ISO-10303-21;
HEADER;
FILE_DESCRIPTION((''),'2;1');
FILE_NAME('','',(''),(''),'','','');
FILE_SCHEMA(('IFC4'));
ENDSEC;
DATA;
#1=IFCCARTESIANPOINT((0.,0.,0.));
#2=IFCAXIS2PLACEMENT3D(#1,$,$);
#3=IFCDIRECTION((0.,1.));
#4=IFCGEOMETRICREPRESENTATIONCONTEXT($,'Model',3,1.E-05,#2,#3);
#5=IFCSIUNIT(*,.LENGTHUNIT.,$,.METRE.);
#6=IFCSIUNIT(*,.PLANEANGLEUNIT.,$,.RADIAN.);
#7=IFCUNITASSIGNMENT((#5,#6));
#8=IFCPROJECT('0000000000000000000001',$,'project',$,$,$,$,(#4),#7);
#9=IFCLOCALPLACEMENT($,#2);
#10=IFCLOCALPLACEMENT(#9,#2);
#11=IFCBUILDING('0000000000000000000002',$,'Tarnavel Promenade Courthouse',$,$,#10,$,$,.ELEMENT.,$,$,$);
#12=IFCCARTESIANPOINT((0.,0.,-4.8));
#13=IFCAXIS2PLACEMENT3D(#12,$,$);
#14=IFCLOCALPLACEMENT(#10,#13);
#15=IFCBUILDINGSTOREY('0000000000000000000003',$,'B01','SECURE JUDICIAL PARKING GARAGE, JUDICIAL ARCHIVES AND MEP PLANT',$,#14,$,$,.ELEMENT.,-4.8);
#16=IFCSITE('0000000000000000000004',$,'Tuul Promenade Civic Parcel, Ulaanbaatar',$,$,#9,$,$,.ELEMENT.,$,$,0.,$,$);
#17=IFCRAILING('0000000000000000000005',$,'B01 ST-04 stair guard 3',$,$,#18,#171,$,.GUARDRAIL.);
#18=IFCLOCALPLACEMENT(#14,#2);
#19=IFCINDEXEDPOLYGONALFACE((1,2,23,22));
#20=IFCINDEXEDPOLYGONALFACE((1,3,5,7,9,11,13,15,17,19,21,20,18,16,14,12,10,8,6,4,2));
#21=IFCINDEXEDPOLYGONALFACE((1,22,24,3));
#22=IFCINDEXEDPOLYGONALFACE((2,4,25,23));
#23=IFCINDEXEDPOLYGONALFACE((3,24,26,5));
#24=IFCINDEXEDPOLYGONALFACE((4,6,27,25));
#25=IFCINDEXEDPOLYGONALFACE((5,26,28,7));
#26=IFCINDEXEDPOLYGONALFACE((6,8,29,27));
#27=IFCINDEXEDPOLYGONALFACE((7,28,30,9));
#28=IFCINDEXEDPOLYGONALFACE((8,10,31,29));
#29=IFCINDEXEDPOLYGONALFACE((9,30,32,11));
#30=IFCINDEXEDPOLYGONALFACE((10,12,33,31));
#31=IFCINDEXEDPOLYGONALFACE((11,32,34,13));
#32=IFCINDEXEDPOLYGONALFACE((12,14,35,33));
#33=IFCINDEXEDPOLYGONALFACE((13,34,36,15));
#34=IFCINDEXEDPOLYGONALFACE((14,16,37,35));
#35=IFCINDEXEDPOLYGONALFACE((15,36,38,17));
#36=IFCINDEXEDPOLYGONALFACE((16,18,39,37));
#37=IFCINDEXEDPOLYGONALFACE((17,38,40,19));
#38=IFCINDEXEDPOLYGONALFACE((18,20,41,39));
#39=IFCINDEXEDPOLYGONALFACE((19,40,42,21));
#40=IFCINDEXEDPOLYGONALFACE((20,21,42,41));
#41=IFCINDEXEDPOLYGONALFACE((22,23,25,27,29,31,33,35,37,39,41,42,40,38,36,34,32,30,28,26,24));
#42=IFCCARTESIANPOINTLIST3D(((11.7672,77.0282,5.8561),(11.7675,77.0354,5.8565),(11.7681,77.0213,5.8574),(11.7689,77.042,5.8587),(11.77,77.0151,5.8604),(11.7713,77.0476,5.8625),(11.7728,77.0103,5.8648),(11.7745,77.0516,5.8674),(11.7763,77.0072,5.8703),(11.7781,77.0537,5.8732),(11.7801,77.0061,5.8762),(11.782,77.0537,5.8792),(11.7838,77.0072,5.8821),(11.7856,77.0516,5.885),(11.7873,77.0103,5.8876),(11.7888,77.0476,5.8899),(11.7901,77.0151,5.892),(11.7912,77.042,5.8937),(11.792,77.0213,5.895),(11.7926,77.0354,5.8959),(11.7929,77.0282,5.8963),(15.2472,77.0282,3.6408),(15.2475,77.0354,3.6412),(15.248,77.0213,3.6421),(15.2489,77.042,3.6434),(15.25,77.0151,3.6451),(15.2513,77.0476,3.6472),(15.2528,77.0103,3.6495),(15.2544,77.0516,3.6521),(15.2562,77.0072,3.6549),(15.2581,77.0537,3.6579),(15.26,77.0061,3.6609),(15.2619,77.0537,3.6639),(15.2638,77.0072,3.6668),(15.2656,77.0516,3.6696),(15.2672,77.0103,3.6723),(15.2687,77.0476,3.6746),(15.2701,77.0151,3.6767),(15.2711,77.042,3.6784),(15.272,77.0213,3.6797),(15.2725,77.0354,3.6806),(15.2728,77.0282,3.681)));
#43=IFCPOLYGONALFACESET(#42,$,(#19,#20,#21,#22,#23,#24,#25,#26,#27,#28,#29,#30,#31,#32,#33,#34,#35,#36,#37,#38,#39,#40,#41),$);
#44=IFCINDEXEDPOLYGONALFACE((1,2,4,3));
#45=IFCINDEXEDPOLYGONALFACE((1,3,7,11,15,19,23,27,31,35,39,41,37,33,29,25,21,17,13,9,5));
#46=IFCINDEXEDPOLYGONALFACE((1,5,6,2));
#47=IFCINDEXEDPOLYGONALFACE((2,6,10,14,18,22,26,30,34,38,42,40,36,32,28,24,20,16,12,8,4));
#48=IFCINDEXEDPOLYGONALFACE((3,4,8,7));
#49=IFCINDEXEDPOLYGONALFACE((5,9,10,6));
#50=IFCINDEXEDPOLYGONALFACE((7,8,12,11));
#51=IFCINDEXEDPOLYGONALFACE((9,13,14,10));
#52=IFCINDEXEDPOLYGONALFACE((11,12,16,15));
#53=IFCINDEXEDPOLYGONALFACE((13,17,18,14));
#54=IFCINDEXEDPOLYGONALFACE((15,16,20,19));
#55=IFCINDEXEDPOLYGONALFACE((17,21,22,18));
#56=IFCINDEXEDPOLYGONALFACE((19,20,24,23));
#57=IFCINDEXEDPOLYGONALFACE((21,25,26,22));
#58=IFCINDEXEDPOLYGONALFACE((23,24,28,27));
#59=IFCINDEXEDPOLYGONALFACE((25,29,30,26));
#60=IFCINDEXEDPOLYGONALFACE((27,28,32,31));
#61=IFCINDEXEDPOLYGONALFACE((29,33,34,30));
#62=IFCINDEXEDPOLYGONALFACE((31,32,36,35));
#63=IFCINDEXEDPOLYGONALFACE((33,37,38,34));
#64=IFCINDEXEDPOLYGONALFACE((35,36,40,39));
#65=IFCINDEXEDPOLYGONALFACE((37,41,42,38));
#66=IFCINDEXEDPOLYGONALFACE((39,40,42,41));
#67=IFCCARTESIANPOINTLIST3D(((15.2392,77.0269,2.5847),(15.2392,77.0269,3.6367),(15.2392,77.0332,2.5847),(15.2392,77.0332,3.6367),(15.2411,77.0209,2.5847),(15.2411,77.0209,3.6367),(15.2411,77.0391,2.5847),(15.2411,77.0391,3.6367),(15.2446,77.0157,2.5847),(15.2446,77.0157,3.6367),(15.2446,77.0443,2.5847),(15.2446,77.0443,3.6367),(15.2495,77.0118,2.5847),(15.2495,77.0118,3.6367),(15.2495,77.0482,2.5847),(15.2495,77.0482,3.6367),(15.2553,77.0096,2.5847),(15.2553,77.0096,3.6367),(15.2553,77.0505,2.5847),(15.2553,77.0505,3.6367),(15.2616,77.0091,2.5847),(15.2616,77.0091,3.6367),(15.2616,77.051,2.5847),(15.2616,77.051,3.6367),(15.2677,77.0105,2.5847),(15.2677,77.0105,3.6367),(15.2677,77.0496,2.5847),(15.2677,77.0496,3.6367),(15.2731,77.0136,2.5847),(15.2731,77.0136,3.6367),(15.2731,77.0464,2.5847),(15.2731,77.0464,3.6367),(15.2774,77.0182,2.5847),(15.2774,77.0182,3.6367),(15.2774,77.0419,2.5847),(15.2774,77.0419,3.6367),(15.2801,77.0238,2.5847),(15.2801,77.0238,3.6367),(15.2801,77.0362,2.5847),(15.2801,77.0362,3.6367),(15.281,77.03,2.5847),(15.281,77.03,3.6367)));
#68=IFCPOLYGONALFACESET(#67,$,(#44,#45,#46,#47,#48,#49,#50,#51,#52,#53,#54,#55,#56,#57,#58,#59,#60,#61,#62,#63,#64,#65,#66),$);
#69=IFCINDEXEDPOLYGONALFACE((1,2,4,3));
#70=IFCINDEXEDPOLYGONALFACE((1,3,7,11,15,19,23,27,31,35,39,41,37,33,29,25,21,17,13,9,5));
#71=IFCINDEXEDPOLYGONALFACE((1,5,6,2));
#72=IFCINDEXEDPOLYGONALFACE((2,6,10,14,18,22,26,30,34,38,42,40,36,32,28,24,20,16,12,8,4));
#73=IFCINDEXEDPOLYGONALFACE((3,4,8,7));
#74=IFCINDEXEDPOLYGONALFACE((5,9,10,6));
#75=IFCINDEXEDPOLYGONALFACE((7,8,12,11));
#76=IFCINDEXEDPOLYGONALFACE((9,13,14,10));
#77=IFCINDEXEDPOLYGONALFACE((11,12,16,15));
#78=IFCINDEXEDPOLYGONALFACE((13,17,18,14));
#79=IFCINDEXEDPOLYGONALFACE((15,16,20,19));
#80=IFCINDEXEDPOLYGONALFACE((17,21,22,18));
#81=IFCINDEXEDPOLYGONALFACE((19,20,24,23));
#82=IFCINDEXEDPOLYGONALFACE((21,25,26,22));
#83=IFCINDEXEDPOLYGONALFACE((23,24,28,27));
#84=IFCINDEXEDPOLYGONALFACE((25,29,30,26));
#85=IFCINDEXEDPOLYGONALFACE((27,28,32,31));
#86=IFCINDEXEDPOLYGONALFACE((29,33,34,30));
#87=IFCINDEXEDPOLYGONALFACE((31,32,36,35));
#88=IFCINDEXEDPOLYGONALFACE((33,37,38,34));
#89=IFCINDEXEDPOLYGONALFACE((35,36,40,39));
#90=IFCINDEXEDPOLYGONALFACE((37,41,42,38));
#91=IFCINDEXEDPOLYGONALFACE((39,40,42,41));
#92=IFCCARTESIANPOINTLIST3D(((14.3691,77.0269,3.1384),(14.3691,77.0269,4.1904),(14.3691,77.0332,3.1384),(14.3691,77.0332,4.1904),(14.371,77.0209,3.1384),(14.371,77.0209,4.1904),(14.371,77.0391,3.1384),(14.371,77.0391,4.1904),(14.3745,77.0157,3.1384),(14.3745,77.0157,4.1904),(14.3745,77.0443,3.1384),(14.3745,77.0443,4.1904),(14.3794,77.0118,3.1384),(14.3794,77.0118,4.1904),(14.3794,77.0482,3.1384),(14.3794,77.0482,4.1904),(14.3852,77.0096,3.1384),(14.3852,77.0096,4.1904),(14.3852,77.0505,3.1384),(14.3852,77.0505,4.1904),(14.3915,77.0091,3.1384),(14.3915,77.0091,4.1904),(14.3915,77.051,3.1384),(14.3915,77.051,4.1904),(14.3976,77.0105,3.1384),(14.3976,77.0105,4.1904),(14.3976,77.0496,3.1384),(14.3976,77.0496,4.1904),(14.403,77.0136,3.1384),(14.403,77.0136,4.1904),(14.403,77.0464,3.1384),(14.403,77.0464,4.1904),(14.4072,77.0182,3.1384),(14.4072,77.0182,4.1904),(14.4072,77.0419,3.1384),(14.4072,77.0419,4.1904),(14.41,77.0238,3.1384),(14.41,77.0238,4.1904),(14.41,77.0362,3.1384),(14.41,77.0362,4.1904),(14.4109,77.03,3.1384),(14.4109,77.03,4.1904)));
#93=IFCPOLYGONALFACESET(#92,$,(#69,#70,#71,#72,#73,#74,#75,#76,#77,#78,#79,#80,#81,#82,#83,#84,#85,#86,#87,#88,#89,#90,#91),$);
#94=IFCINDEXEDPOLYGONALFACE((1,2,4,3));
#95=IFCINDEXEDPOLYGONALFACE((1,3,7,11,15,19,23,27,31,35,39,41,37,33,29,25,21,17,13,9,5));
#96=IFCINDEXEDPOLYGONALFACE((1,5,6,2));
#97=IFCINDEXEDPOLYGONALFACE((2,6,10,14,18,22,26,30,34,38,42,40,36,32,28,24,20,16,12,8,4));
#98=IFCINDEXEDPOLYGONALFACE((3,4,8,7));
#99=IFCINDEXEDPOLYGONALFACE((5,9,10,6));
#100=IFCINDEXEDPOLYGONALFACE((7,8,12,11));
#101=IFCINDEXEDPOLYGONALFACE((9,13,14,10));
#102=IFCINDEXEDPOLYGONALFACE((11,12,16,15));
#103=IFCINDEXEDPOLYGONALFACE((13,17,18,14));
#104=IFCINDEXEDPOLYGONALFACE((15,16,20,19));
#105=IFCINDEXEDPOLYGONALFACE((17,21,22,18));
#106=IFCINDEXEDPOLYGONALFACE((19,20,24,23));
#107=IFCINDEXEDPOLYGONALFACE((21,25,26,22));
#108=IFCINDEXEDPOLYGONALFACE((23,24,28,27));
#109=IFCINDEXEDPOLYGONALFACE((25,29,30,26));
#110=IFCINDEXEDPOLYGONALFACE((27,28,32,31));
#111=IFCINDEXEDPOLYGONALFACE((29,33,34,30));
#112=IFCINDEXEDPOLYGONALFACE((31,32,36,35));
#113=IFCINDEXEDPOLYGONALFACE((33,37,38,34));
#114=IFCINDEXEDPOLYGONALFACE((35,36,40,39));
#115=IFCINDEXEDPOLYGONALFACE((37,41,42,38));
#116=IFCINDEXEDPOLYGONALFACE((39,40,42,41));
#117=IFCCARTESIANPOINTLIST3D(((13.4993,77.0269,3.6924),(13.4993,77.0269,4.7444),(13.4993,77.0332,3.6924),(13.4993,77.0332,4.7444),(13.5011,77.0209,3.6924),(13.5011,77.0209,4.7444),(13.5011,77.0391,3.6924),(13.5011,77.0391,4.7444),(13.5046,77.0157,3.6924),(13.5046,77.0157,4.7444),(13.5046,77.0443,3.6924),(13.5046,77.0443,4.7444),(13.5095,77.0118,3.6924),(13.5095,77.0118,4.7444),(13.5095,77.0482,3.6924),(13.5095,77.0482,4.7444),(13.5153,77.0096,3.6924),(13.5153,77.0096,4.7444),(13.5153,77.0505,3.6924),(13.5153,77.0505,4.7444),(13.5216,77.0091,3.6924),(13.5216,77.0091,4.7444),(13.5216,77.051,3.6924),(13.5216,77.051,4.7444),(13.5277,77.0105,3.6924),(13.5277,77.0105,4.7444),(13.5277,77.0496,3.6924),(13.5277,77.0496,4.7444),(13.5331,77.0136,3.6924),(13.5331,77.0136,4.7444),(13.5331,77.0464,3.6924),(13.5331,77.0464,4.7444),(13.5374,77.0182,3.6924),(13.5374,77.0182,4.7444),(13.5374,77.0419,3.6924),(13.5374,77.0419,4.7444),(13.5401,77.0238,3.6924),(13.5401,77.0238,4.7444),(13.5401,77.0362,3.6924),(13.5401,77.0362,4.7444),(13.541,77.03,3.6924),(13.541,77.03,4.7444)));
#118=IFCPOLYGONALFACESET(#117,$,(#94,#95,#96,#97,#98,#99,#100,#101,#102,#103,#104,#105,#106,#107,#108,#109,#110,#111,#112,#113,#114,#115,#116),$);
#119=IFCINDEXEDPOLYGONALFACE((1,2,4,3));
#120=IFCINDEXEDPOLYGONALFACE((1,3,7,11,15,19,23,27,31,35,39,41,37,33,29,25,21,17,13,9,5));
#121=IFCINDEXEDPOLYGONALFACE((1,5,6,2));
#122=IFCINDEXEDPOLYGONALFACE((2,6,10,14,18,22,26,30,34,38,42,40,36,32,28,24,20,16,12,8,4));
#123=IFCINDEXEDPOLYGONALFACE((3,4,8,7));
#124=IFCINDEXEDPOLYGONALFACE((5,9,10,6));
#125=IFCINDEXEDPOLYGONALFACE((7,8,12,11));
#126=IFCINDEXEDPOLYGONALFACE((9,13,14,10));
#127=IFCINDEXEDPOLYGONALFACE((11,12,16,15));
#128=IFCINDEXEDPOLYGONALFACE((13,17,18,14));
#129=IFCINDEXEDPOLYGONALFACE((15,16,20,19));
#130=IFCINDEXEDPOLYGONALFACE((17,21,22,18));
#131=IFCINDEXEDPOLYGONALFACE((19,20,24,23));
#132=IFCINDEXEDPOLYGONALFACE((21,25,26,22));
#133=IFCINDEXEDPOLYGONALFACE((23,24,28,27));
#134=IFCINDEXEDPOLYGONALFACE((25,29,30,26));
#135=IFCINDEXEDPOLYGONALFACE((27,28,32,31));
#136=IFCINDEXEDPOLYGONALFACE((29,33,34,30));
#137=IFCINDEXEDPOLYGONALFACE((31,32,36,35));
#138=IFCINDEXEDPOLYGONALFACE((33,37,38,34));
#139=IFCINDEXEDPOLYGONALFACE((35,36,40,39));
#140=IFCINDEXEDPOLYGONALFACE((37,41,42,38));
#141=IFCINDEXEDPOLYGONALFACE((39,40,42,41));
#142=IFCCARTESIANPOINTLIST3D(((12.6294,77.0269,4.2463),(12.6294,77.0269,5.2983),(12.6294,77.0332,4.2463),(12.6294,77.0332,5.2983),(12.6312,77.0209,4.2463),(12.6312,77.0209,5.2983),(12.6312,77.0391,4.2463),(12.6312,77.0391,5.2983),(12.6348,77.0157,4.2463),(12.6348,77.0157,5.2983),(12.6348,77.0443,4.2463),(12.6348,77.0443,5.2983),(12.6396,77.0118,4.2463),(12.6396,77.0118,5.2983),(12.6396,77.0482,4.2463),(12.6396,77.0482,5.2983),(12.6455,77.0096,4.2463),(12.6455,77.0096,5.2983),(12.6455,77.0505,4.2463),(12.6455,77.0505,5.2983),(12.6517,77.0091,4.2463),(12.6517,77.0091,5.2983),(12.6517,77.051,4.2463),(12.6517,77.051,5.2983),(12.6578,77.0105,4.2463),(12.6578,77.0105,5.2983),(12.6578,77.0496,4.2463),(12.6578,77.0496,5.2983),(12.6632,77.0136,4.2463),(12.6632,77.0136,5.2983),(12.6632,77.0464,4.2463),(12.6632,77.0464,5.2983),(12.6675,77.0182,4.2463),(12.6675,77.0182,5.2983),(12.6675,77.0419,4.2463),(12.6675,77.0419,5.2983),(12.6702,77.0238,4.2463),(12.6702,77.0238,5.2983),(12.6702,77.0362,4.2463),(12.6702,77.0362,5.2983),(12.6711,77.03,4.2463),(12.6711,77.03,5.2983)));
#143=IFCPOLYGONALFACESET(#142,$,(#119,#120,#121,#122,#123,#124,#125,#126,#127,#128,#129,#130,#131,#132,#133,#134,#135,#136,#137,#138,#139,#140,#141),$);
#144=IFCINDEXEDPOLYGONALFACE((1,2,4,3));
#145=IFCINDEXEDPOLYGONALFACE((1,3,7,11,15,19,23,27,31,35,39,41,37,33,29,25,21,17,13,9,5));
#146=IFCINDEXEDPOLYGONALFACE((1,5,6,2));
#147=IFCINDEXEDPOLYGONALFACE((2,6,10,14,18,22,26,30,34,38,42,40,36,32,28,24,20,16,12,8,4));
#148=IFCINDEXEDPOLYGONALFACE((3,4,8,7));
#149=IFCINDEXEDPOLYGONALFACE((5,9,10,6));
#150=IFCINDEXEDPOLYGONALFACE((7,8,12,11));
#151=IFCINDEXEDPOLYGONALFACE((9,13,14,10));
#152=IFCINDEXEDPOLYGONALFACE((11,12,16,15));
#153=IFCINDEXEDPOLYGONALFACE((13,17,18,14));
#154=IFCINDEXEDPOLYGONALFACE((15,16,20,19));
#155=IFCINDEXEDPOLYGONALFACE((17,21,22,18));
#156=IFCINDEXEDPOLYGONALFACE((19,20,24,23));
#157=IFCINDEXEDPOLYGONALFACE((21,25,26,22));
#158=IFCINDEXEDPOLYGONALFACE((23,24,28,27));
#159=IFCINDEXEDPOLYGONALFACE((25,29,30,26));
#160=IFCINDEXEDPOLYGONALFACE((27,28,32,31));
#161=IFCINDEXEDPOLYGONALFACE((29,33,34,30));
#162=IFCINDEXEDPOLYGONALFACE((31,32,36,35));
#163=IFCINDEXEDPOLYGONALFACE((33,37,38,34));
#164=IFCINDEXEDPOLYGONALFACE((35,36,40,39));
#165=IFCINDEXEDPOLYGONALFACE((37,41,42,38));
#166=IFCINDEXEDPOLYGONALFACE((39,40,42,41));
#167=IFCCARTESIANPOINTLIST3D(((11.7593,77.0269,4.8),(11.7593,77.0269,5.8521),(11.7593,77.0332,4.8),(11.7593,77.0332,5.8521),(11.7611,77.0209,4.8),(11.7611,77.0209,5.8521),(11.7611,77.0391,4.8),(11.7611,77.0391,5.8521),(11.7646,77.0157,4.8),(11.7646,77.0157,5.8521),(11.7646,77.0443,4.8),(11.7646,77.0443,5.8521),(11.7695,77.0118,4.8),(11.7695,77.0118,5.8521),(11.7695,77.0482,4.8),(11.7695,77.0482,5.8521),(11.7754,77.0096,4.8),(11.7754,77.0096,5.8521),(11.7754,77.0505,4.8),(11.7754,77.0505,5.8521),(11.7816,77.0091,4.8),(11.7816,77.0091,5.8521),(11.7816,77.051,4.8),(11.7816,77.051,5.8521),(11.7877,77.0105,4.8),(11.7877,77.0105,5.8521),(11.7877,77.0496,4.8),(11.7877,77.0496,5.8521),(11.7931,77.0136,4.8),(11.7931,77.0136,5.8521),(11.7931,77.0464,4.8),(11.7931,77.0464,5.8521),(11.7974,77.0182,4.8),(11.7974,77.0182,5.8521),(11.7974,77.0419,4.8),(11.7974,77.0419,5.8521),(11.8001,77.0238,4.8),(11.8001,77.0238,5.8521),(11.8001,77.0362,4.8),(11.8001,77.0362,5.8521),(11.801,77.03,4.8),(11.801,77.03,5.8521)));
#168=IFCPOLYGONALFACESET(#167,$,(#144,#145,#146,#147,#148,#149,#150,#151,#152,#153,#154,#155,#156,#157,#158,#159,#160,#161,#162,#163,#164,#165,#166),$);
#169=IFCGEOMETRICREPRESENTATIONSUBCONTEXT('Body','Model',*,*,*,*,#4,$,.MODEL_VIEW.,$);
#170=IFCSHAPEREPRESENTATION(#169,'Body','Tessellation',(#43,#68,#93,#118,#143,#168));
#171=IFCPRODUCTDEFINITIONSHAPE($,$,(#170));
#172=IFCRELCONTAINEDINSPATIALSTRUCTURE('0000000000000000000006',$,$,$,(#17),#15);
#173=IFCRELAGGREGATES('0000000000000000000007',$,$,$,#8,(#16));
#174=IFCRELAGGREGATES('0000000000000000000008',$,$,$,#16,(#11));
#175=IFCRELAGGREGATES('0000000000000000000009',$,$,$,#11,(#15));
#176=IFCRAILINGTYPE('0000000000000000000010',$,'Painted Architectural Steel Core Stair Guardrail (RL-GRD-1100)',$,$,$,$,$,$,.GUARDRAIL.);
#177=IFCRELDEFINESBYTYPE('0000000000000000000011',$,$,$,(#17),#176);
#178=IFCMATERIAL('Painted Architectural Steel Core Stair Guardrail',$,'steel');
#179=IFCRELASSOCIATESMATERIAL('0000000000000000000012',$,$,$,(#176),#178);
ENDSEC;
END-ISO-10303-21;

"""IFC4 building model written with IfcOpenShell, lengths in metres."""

from ifc_helpers import new_model, si_unit, direction, frame, origin, origin_2d, place, context, subcontext, project, spatial, circle, extrude, material, type_object, element, save


model = new_model("IFC4")

# Units and contexts
model_context = context("Model", 3, precision=1e-05, world=origin(), true_north=direction((0.0, 1.0)))
body_context = subcontext(model_context, "Body", "Model", "MODEL_VIEW")
ifc_project = project(units=[si_unit("LENGTHUNIT", "METRE"), si_unit("PLANEANGLEUNIT", "RADIAN")], contexts=[model_context])

# Site, building, storey
site_placement = place(None, origin())
site = spatial("IfcSite", under=ifc_project, at=site_placement, Name="Tuul Promenade Civic Parcel, Ulaanbaatar", CompositionType="ELEMENT", RefElevation=0.0)
building_placement = place(site_placement, origin())
building = spatial("IfcBuilding", under=site, at=building_placement, Name="Tarnavel Promenade Courthouse", CompositionType="ELEMENT")
storey_placement = place(building_placement, frame((0.0, 0.0, -4.8)))
storey = spatial("IfcBuildingStorey", under=building, at=storey_placement, Name="B01", Description="SECURE JUDICIAL PARKING GARAGE, JUDICIAL ARCHIVES AND MEP PLANT", CompositionType="ELEMENT", Elevation=-4.8)

# Railing
ifc_material_1 = material(Name="Painted Architectural Steel Core Stair Guardrail", Category="steel")
railing_type_1 = type_object("IfcRailingType", Name="Painted Architectural Steel Core Stair Guardrail (RL-GRD-1100)", PredefinedType="GUARDRAIL", material=ifc_material_1)
railing_1_placement = place(storey_placement, frame((15.26, 77.03, 2.5847)))
element("IfcRailing", 1, at=railing_1_placement, inside=storey, type_object=railing_type_1, Name="B01 ST-04 stair guard 3", PredefinedType="GUARDRAIL", context=body_context, shape_type="SweptSolid", body=[
    extrude(circle(Radius=0.0239, at=origin_2d()), frame((0.0, 0.0, 1.0762), z_axis=(-0.843574, 0.0, 0.537013), x_axis=(0.0, -1.0, 0.0)), (0.0, 0.0, 1.0), 4.1252),
    extrude(circle(Radius=0.021, at=origin_2d()), origin(), (0.0, 0.0, 1.0), 1.052),
    extrude(circle(Radius=0.021, at=origin_2d()), frame((-0.8701, 0.0, 0.5537)), (0.0, 0.0, 1.0), 1.052),
    extrude(circle(Radius=0.021, at=origin_2d()), frame((-1.74, 0.0, 1.1077)), (0.0, 0.0, 1.0), 1.052),
    extrude(circle(Radius=0.021, at=origin_2d()), frame((-2.6099, 0.0, 1.6616)), (0.0, 0.0, 1.0), 1.052),
    extrude(circle(Radius=0.021, at=origin_2d()), frame((-3.48, 0.0, 2.2153)), (0.0, 0.0, 1.0), 1.052),
])

save(model, "model.ifc")
